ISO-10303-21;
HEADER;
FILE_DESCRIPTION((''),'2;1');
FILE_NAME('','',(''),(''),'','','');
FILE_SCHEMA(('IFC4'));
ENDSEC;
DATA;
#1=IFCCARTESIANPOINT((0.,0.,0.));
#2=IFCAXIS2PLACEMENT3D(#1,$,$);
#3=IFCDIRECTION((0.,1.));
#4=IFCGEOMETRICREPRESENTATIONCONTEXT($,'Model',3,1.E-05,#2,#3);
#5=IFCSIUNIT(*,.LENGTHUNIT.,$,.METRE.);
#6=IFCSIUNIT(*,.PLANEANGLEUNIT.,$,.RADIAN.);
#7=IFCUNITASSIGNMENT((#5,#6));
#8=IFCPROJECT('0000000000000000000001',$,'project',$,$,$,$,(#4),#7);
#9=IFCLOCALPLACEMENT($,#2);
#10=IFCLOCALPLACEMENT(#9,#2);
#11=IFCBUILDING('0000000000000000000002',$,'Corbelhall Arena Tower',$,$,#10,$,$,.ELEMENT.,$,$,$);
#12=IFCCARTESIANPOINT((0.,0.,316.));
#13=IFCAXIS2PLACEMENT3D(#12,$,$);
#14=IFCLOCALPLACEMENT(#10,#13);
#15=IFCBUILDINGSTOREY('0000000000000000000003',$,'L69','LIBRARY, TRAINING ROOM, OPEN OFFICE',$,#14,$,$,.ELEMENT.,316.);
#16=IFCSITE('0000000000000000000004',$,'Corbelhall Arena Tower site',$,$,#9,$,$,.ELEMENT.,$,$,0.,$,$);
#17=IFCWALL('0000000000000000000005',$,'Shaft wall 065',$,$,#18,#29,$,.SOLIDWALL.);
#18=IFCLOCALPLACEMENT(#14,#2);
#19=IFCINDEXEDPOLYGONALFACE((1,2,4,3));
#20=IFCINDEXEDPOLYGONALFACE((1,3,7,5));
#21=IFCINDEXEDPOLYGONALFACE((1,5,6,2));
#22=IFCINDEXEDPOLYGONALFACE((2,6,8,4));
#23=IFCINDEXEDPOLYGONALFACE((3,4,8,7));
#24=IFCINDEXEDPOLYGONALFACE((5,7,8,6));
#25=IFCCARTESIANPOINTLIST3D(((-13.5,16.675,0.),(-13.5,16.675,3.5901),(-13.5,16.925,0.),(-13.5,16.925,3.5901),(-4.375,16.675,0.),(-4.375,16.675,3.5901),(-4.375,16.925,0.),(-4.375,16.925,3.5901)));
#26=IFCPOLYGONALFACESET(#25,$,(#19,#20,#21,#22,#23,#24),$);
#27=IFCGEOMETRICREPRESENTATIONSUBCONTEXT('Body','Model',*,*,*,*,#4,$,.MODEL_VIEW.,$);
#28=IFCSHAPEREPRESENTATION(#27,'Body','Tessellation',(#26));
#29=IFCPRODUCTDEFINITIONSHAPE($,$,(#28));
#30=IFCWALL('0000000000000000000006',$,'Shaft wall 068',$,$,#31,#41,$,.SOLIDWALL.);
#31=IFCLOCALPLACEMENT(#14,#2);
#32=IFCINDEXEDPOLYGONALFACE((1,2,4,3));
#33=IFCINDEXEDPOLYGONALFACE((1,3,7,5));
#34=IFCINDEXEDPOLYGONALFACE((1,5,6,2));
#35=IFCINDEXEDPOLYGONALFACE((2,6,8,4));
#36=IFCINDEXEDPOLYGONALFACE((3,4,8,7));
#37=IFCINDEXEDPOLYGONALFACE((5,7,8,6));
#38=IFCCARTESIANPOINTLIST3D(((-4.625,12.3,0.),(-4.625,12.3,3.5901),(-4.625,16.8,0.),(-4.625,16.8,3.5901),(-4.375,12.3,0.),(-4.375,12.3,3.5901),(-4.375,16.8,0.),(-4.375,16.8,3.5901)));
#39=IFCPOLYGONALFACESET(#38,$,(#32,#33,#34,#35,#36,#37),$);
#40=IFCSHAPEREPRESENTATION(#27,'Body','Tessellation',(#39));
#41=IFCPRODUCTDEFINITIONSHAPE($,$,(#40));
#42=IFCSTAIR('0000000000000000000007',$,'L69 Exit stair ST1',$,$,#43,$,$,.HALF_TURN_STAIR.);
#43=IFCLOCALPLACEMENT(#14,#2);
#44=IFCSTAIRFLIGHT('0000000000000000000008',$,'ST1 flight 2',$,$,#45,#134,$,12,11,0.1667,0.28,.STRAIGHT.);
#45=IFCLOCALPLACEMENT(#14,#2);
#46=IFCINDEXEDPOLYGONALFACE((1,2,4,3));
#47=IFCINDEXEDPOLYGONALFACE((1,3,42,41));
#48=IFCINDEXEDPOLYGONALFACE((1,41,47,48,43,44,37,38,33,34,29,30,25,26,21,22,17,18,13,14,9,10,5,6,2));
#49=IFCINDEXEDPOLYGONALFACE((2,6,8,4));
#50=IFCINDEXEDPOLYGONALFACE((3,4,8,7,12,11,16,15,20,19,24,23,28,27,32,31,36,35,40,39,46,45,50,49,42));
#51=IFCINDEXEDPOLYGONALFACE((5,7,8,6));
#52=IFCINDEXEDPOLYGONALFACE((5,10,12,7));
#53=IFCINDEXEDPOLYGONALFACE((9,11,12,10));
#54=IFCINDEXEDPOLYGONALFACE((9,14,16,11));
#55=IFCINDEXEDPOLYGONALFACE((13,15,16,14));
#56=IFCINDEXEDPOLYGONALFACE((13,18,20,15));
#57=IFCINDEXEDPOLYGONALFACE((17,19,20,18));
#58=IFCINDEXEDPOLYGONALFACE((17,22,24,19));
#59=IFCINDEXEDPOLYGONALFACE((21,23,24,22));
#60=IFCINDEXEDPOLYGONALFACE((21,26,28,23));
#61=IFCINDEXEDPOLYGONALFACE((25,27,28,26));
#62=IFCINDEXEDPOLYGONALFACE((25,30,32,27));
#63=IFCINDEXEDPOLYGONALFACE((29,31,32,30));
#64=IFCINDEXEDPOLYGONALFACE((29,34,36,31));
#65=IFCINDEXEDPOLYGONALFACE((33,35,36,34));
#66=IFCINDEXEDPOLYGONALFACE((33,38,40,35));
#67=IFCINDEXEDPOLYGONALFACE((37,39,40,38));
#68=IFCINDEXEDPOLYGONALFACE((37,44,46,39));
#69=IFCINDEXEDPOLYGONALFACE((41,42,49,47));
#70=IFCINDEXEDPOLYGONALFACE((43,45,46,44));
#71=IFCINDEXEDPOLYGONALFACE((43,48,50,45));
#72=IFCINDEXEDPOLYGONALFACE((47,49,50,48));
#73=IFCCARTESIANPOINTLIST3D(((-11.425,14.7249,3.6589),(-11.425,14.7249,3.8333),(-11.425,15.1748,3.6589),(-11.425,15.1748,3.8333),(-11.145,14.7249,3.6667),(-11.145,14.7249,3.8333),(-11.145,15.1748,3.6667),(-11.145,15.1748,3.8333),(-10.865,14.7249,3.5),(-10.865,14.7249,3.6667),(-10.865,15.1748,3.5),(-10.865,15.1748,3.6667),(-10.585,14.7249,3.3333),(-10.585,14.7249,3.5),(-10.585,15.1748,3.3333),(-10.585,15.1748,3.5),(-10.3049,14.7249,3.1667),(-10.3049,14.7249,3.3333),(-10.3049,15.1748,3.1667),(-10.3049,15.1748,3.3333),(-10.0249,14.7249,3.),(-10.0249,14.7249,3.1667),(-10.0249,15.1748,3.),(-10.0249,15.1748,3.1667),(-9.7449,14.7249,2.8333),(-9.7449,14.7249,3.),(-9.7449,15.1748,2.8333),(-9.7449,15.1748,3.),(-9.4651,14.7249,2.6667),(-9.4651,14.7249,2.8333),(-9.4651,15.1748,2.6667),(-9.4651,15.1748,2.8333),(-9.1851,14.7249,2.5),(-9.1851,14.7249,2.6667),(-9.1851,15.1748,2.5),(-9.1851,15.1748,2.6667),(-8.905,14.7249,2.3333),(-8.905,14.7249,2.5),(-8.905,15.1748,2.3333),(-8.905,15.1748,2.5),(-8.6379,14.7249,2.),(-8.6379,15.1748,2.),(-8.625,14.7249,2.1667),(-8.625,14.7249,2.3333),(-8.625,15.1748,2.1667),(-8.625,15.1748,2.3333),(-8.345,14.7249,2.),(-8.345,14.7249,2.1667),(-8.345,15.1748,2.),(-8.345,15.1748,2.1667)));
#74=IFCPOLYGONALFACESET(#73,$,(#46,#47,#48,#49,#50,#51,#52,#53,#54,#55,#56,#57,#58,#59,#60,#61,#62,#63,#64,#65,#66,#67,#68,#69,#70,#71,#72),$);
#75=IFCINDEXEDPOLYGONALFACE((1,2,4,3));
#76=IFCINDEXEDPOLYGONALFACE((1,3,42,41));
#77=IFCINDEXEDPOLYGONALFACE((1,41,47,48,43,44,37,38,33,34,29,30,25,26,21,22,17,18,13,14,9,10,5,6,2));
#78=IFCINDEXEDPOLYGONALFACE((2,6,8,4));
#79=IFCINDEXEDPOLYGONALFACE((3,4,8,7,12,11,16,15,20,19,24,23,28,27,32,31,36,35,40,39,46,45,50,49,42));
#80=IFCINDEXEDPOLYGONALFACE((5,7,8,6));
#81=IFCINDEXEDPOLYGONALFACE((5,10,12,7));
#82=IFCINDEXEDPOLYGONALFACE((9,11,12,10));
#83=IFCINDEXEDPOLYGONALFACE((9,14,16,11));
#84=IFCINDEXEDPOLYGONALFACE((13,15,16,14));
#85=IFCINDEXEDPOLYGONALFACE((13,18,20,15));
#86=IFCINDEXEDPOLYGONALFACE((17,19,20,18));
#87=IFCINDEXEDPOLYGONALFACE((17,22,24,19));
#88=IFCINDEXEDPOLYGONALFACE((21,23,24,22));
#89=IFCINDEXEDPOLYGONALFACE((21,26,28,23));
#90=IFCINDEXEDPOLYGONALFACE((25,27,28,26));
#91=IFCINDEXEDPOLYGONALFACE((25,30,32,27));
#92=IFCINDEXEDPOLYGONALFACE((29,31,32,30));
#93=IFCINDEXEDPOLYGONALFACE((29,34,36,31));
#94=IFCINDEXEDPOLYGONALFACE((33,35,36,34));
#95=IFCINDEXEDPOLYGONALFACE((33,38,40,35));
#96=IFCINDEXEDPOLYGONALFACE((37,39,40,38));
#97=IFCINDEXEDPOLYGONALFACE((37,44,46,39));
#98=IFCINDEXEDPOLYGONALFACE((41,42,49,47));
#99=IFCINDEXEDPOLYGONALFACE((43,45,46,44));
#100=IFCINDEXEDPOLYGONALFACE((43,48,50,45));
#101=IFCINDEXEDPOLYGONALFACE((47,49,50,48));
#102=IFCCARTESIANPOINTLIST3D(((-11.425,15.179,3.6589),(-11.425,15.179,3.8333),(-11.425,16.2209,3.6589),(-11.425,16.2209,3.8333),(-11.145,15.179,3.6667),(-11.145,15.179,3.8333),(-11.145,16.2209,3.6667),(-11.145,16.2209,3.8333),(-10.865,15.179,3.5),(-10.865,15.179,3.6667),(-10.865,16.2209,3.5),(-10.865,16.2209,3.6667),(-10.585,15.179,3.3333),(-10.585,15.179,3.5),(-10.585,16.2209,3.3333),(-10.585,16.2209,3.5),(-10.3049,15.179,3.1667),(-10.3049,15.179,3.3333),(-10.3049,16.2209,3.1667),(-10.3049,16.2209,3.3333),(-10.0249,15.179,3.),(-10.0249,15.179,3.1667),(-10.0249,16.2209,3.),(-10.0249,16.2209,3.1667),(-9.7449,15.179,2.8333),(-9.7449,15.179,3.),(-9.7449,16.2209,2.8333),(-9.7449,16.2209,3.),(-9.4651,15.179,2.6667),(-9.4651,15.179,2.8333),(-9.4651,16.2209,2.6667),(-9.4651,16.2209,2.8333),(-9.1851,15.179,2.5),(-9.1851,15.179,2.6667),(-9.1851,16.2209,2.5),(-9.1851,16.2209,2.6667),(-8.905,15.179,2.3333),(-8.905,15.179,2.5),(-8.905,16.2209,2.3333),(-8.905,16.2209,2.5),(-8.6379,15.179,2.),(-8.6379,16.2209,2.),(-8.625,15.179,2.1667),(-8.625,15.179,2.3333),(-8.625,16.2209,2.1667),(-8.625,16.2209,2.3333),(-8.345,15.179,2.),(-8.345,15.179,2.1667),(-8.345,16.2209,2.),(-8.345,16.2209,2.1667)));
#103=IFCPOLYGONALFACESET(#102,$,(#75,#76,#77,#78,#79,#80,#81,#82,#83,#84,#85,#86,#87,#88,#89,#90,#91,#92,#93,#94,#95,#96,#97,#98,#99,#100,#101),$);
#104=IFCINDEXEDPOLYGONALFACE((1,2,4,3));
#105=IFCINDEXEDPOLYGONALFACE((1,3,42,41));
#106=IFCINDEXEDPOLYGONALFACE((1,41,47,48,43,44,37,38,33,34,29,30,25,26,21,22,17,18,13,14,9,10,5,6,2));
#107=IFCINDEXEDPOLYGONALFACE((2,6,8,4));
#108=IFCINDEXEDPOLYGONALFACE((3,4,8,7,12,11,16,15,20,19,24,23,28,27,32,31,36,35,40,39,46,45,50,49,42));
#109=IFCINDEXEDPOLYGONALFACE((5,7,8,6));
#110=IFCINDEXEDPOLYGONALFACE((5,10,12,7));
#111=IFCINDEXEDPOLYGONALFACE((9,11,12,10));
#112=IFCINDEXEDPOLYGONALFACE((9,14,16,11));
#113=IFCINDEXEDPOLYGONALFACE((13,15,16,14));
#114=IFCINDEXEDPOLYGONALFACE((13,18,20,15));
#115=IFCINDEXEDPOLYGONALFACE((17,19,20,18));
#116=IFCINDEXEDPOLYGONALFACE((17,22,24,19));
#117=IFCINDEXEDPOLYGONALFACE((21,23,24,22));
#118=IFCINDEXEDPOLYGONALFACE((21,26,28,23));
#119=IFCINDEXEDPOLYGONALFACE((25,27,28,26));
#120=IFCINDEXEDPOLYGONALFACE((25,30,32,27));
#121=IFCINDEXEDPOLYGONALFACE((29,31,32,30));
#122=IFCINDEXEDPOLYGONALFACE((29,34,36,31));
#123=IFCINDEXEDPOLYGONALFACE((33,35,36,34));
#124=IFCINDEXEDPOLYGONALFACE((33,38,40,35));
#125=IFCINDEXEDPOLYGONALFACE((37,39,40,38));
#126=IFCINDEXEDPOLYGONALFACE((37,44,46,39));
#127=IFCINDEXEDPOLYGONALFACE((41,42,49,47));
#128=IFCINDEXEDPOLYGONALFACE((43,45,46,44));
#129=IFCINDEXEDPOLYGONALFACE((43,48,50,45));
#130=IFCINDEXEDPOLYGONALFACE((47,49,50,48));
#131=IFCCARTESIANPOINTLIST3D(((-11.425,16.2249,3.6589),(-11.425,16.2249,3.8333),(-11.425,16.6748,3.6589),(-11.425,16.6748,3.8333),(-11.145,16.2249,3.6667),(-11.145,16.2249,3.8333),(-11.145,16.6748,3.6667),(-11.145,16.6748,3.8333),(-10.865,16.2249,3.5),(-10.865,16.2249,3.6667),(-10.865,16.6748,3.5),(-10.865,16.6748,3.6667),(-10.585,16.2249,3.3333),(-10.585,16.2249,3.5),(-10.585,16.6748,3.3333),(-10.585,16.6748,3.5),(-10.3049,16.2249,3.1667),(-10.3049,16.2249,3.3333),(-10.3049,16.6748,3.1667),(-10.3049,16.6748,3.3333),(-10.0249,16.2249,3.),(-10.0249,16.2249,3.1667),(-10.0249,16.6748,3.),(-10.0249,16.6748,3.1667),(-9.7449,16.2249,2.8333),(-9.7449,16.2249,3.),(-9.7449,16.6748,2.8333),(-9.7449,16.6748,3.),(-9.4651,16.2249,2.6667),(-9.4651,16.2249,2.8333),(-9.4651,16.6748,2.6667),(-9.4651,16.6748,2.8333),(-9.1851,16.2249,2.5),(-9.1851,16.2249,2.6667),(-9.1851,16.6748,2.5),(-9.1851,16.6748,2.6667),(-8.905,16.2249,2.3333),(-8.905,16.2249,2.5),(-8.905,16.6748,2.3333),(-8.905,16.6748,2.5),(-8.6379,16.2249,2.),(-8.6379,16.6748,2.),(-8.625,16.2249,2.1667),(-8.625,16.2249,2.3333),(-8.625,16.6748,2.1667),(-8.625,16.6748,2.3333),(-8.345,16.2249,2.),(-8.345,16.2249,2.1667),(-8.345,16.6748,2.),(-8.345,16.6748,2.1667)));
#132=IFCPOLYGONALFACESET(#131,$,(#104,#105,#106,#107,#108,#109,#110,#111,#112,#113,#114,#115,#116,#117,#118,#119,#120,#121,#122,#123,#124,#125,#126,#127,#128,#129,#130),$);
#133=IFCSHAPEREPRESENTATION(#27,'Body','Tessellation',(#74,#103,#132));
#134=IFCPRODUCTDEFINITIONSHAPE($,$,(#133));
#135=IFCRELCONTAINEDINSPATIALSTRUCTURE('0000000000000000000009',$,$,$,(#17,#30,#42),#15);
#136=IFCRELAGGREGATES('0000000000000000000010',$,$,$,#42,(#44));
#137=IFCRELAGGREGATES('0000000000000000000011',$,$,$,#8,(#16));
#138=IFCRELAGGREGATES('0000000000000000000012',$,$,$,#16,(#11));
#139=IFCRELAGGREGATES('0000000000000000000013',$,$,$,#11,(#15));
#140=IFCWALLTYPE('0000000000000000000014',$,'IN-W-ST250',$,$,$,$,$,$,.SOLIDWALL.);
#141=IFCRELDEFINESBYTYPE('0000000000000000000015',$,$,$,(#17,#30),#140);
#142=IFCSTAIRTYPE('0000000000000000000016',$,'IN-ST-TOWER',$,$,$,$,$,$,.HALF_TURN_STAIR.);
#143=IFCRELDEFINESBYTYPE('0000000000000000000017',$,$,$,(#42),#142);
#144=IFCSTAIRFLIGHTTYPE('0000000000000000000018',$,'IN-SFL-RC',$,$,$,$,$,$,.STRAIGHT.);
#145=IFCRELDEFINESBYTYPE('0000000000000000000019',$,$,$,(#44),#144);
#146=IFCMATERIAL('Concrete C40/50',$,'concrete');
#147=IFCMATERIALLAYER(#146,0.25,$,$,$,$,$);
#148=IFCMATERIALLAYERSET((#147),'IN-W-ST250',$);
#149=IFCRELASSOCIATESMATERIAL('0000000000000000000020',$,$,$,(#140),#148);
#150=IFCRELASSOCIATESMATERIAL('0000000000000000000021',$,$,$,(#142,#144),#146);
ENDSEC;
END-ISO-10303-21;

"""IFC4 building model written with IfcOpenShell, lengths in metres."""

from ifc_helpers import new_model, si_unit, direction, frame, frame_2d, origin, place, context, subcontext, project, spatial, polyline, rectangle, outline, extrude, material, layer, layer_set, type_object, element, aggregate, save


model = new_model("IFC4")

# Units and contexts
model_context = context("Model", 3, precision=1e-05, world=origin(), true_north=direction((0.0, 1.0)))
body_context = subcontext(model_context, "Body", "Model", "MODEL_VIEW")
ifc_project = project(units=[si_unit("LENGTHUNIT", "METRE"), si_unit("PLANEANGLEUNIT", "RADIAN")], contexts=[model_context])

# Site, building, storey
site_placement = place(None, origin())
site = spatial("IfcSite", under=ifc_project, at=site_placement, Name="Corbelhall Arena Tower site", CompositionType="ELEMENT", RefElevation=0.0)
building_placement = place(site_placement, origin())
building = spatial("IfcBuilding", under=site, at=building_placement, Name="Corbelhall Arena Tower", CompositionType="ELEMENT")
storey_placement = place(building_placement, frame((0.0, 0.0, 316.0)))
storey = spatial("IfcBuildingStorey", under=building, at=storey_placement, Name="L69", Description="LIBRARY, TRAINING ROOM, OPEN OFFICE", CompositionType="ELEMENT", Elevation=316.0)

# Walls
ifc_material_1 = material(Name="Concrete C40/50", Category="concrete")
ifc_layer_1 = layer(ifc_material_1, 0.25)
ifc_layer_set_1 = layer_set([ifc_layer_1], Name="IN-W-ST250")
wall_type_1 = type_object("IfcWallType", Name="IN-W-ST250", PredefinedType="SOLIDWALL", material=ifc_layer_set_1)
wall_1_placement = place(storey_placement, frame((-13.5, 16.8, 0.0), z_axis=(0.0, 0.0, 1.0), x_axis=(1.0, 0.0, 0.0)))
element("IfcWall", 1, at=wall_1_placement, inside=storey, type_object=wall_type_1, Name="Shaft wall 065", PredefinedType="SOLIDWALL", context=body_context, shape_type="SweptSolid", body=[
    extrude(rectangle(XDim=9.125, YDim=0.25, at=frame_2d((4.5625, 0.0))), origin(), (0.0, 0.0, 1.0), 3.5901),
])
wall_2_placement = place(storey_placement, frame((-4.5, 16.8, 0.0), z_axis=(0.0, 0.0, 1.0), x_axis=(0.0, -1.0, 0.0)))
element("IfcWall", 2, at=wall_2_placement, inside=storey, type_object=wall_type_1, Name="Shaft wall 068", PredefinedType="SOLIDWALL", context=body_context, shape_type="SweptSolid", body=[
    extrude(rectangle(XDim=4.5, YDim=0.25, at=frame_2d((2.25, 0.0))), origin(), (0.0, 0.0, 1.0), 3.5901),
])

# Stair, stair flight
stair_type = type_object("IfcStairType", Name="IN-ST-TOWER", PredefinedType="HALF_TURN_STAIR", material=ifc_material_1)
stair_placement = place(storey_placement, origin())
stair = element("IfcStair", 3, at=stair_placement, inside=storey, type_object=stair_type, Name="L69 Exit stair ST1", PredefinedType="HALF_TURN_STAIR")
stair_flight_type = type_object("IfcStairFlightType", Name="IN-SFL-RC", PredefinedType="STRAIGHT", material=ifc_material_1)
stair_flight_placement = place(storey_placement, frame((-8.345, 15.7, 2.0), z_axis=(0.0, 0.0, 1.0), x_axis=(-1.0, 0.0, 0.0)))
stair_flight = element("IfcStairFlight", 4, at=stair_flight_placement, type_object=stair_flight_type, Name="ST1 flight 2", NumberOfRisers=12, NumberOfTreads=11, PredefinedType="STRAIGHT", RiserHeight=0.1667, TreadLength=0.28, context=body_context, shape_type="SweptSolid", body=[
    extrude(outline(polyline([(0.0, 0.0), (0.0, 0.1667), (0.28, 0.1667), (0.28, 0.3333), (0.5601, 0.3333), (0.5601, 0.5), (0.8401, 0.5), (0.8401, 0.6667), (1.1201, 0.6667), (1.1201, 0.8333), (1.3999, 0.8333), (1.3999, 1.0), (1.6799, 1.0), (1.6799, 1.1667), (1.96, 1.1667), (1.96, 1.3333), (2.24, 1.3333), (2.24, 1.5), (2.52, 1.5), (2.52, 1.6667), (2.8, 1.6667), (2.8, 1.8333), (3.0801, 1.8333), (3.0801, 2.0), (3.0801, 1.6589), (0.293, 0.0), (0.0, 0.0)])), frame((0.0, 0.9751, 0.0), z_axis=(0.0, -1.0, 0.0), x_axis=(1.0, 0.0, 0.0)), (0.0, 0.0, 1.0), 0.45),
    extrude(outline(polyline([(0.0, 0.0), (0.0, 0.1667), (0.28, 0.1667), (0.28, 0.3333), (0.5601, 0.3333), (0.5601, 0.5), (0.8401, 0.5), (0.8401, 0.6667), (1.1201, 0.6667), (1.1201, 0.8333), (1.3999, 0.8333), (1.3999, 1.0), (1.6799, 1.0), (1.6799, 1.1667), (1.96, 1.1667), (1.96, 1.3333), (2.24, 1.3333), (2.24, 1.5), (2.52, 1.5), (2.52, 1.6667), (2.8, 1.6667), (2.8, 1.8333), (3.0801, 1.8333), (3.0801, 2.0), (3.0801, 1.6589), (0.293, 0.0), (0.0, 0.0)])), frame((0.0, 0.521, 0.0), z_axis=(0.0, -1.0, 0.0), x_axis=(1.0, 0.0, 0.0)), (0.0, 0.0, 1.0), 1.042),
    extrude(outline(polyline([(0.0, 0.0), (0.0, 0.1667), (0.28, 0.1667), (0.28, 0.3333), (0.5601, 0.3333), (0.5601, 0.5), (0.8401, 0.5), (0.8401, 0.6667), (1.1201, 0.6667), (1.1201, 0.8333), (1.3999, 0.8333), (1.3999, 1.0), (1.6799, 1.0), (1.6799, 1.1667), (1.96, 1.1667), (1.96, 1.3333), (2.24, 1.3333), (2.24, 1.5), (2.52, 1.5), (2.52, 1.6667), (2.8, 1.6667), (2.8, 1.8333), (3.0801, 1.8333), (3.0801, 2.0), (3.0801, 1.6589), (0.293, 0.0), (0.0, 0.0)])), frame((0.0, -0.5249, 0.0), z_axis=(0.0, -1.0, 0.0), x_axis=(1.0, 0.0, 0.0)), (0.0, 0.0, 1.0), 0.45),
])
aggregate(stair, [stair_flight])

save(model, "model.ifc")
